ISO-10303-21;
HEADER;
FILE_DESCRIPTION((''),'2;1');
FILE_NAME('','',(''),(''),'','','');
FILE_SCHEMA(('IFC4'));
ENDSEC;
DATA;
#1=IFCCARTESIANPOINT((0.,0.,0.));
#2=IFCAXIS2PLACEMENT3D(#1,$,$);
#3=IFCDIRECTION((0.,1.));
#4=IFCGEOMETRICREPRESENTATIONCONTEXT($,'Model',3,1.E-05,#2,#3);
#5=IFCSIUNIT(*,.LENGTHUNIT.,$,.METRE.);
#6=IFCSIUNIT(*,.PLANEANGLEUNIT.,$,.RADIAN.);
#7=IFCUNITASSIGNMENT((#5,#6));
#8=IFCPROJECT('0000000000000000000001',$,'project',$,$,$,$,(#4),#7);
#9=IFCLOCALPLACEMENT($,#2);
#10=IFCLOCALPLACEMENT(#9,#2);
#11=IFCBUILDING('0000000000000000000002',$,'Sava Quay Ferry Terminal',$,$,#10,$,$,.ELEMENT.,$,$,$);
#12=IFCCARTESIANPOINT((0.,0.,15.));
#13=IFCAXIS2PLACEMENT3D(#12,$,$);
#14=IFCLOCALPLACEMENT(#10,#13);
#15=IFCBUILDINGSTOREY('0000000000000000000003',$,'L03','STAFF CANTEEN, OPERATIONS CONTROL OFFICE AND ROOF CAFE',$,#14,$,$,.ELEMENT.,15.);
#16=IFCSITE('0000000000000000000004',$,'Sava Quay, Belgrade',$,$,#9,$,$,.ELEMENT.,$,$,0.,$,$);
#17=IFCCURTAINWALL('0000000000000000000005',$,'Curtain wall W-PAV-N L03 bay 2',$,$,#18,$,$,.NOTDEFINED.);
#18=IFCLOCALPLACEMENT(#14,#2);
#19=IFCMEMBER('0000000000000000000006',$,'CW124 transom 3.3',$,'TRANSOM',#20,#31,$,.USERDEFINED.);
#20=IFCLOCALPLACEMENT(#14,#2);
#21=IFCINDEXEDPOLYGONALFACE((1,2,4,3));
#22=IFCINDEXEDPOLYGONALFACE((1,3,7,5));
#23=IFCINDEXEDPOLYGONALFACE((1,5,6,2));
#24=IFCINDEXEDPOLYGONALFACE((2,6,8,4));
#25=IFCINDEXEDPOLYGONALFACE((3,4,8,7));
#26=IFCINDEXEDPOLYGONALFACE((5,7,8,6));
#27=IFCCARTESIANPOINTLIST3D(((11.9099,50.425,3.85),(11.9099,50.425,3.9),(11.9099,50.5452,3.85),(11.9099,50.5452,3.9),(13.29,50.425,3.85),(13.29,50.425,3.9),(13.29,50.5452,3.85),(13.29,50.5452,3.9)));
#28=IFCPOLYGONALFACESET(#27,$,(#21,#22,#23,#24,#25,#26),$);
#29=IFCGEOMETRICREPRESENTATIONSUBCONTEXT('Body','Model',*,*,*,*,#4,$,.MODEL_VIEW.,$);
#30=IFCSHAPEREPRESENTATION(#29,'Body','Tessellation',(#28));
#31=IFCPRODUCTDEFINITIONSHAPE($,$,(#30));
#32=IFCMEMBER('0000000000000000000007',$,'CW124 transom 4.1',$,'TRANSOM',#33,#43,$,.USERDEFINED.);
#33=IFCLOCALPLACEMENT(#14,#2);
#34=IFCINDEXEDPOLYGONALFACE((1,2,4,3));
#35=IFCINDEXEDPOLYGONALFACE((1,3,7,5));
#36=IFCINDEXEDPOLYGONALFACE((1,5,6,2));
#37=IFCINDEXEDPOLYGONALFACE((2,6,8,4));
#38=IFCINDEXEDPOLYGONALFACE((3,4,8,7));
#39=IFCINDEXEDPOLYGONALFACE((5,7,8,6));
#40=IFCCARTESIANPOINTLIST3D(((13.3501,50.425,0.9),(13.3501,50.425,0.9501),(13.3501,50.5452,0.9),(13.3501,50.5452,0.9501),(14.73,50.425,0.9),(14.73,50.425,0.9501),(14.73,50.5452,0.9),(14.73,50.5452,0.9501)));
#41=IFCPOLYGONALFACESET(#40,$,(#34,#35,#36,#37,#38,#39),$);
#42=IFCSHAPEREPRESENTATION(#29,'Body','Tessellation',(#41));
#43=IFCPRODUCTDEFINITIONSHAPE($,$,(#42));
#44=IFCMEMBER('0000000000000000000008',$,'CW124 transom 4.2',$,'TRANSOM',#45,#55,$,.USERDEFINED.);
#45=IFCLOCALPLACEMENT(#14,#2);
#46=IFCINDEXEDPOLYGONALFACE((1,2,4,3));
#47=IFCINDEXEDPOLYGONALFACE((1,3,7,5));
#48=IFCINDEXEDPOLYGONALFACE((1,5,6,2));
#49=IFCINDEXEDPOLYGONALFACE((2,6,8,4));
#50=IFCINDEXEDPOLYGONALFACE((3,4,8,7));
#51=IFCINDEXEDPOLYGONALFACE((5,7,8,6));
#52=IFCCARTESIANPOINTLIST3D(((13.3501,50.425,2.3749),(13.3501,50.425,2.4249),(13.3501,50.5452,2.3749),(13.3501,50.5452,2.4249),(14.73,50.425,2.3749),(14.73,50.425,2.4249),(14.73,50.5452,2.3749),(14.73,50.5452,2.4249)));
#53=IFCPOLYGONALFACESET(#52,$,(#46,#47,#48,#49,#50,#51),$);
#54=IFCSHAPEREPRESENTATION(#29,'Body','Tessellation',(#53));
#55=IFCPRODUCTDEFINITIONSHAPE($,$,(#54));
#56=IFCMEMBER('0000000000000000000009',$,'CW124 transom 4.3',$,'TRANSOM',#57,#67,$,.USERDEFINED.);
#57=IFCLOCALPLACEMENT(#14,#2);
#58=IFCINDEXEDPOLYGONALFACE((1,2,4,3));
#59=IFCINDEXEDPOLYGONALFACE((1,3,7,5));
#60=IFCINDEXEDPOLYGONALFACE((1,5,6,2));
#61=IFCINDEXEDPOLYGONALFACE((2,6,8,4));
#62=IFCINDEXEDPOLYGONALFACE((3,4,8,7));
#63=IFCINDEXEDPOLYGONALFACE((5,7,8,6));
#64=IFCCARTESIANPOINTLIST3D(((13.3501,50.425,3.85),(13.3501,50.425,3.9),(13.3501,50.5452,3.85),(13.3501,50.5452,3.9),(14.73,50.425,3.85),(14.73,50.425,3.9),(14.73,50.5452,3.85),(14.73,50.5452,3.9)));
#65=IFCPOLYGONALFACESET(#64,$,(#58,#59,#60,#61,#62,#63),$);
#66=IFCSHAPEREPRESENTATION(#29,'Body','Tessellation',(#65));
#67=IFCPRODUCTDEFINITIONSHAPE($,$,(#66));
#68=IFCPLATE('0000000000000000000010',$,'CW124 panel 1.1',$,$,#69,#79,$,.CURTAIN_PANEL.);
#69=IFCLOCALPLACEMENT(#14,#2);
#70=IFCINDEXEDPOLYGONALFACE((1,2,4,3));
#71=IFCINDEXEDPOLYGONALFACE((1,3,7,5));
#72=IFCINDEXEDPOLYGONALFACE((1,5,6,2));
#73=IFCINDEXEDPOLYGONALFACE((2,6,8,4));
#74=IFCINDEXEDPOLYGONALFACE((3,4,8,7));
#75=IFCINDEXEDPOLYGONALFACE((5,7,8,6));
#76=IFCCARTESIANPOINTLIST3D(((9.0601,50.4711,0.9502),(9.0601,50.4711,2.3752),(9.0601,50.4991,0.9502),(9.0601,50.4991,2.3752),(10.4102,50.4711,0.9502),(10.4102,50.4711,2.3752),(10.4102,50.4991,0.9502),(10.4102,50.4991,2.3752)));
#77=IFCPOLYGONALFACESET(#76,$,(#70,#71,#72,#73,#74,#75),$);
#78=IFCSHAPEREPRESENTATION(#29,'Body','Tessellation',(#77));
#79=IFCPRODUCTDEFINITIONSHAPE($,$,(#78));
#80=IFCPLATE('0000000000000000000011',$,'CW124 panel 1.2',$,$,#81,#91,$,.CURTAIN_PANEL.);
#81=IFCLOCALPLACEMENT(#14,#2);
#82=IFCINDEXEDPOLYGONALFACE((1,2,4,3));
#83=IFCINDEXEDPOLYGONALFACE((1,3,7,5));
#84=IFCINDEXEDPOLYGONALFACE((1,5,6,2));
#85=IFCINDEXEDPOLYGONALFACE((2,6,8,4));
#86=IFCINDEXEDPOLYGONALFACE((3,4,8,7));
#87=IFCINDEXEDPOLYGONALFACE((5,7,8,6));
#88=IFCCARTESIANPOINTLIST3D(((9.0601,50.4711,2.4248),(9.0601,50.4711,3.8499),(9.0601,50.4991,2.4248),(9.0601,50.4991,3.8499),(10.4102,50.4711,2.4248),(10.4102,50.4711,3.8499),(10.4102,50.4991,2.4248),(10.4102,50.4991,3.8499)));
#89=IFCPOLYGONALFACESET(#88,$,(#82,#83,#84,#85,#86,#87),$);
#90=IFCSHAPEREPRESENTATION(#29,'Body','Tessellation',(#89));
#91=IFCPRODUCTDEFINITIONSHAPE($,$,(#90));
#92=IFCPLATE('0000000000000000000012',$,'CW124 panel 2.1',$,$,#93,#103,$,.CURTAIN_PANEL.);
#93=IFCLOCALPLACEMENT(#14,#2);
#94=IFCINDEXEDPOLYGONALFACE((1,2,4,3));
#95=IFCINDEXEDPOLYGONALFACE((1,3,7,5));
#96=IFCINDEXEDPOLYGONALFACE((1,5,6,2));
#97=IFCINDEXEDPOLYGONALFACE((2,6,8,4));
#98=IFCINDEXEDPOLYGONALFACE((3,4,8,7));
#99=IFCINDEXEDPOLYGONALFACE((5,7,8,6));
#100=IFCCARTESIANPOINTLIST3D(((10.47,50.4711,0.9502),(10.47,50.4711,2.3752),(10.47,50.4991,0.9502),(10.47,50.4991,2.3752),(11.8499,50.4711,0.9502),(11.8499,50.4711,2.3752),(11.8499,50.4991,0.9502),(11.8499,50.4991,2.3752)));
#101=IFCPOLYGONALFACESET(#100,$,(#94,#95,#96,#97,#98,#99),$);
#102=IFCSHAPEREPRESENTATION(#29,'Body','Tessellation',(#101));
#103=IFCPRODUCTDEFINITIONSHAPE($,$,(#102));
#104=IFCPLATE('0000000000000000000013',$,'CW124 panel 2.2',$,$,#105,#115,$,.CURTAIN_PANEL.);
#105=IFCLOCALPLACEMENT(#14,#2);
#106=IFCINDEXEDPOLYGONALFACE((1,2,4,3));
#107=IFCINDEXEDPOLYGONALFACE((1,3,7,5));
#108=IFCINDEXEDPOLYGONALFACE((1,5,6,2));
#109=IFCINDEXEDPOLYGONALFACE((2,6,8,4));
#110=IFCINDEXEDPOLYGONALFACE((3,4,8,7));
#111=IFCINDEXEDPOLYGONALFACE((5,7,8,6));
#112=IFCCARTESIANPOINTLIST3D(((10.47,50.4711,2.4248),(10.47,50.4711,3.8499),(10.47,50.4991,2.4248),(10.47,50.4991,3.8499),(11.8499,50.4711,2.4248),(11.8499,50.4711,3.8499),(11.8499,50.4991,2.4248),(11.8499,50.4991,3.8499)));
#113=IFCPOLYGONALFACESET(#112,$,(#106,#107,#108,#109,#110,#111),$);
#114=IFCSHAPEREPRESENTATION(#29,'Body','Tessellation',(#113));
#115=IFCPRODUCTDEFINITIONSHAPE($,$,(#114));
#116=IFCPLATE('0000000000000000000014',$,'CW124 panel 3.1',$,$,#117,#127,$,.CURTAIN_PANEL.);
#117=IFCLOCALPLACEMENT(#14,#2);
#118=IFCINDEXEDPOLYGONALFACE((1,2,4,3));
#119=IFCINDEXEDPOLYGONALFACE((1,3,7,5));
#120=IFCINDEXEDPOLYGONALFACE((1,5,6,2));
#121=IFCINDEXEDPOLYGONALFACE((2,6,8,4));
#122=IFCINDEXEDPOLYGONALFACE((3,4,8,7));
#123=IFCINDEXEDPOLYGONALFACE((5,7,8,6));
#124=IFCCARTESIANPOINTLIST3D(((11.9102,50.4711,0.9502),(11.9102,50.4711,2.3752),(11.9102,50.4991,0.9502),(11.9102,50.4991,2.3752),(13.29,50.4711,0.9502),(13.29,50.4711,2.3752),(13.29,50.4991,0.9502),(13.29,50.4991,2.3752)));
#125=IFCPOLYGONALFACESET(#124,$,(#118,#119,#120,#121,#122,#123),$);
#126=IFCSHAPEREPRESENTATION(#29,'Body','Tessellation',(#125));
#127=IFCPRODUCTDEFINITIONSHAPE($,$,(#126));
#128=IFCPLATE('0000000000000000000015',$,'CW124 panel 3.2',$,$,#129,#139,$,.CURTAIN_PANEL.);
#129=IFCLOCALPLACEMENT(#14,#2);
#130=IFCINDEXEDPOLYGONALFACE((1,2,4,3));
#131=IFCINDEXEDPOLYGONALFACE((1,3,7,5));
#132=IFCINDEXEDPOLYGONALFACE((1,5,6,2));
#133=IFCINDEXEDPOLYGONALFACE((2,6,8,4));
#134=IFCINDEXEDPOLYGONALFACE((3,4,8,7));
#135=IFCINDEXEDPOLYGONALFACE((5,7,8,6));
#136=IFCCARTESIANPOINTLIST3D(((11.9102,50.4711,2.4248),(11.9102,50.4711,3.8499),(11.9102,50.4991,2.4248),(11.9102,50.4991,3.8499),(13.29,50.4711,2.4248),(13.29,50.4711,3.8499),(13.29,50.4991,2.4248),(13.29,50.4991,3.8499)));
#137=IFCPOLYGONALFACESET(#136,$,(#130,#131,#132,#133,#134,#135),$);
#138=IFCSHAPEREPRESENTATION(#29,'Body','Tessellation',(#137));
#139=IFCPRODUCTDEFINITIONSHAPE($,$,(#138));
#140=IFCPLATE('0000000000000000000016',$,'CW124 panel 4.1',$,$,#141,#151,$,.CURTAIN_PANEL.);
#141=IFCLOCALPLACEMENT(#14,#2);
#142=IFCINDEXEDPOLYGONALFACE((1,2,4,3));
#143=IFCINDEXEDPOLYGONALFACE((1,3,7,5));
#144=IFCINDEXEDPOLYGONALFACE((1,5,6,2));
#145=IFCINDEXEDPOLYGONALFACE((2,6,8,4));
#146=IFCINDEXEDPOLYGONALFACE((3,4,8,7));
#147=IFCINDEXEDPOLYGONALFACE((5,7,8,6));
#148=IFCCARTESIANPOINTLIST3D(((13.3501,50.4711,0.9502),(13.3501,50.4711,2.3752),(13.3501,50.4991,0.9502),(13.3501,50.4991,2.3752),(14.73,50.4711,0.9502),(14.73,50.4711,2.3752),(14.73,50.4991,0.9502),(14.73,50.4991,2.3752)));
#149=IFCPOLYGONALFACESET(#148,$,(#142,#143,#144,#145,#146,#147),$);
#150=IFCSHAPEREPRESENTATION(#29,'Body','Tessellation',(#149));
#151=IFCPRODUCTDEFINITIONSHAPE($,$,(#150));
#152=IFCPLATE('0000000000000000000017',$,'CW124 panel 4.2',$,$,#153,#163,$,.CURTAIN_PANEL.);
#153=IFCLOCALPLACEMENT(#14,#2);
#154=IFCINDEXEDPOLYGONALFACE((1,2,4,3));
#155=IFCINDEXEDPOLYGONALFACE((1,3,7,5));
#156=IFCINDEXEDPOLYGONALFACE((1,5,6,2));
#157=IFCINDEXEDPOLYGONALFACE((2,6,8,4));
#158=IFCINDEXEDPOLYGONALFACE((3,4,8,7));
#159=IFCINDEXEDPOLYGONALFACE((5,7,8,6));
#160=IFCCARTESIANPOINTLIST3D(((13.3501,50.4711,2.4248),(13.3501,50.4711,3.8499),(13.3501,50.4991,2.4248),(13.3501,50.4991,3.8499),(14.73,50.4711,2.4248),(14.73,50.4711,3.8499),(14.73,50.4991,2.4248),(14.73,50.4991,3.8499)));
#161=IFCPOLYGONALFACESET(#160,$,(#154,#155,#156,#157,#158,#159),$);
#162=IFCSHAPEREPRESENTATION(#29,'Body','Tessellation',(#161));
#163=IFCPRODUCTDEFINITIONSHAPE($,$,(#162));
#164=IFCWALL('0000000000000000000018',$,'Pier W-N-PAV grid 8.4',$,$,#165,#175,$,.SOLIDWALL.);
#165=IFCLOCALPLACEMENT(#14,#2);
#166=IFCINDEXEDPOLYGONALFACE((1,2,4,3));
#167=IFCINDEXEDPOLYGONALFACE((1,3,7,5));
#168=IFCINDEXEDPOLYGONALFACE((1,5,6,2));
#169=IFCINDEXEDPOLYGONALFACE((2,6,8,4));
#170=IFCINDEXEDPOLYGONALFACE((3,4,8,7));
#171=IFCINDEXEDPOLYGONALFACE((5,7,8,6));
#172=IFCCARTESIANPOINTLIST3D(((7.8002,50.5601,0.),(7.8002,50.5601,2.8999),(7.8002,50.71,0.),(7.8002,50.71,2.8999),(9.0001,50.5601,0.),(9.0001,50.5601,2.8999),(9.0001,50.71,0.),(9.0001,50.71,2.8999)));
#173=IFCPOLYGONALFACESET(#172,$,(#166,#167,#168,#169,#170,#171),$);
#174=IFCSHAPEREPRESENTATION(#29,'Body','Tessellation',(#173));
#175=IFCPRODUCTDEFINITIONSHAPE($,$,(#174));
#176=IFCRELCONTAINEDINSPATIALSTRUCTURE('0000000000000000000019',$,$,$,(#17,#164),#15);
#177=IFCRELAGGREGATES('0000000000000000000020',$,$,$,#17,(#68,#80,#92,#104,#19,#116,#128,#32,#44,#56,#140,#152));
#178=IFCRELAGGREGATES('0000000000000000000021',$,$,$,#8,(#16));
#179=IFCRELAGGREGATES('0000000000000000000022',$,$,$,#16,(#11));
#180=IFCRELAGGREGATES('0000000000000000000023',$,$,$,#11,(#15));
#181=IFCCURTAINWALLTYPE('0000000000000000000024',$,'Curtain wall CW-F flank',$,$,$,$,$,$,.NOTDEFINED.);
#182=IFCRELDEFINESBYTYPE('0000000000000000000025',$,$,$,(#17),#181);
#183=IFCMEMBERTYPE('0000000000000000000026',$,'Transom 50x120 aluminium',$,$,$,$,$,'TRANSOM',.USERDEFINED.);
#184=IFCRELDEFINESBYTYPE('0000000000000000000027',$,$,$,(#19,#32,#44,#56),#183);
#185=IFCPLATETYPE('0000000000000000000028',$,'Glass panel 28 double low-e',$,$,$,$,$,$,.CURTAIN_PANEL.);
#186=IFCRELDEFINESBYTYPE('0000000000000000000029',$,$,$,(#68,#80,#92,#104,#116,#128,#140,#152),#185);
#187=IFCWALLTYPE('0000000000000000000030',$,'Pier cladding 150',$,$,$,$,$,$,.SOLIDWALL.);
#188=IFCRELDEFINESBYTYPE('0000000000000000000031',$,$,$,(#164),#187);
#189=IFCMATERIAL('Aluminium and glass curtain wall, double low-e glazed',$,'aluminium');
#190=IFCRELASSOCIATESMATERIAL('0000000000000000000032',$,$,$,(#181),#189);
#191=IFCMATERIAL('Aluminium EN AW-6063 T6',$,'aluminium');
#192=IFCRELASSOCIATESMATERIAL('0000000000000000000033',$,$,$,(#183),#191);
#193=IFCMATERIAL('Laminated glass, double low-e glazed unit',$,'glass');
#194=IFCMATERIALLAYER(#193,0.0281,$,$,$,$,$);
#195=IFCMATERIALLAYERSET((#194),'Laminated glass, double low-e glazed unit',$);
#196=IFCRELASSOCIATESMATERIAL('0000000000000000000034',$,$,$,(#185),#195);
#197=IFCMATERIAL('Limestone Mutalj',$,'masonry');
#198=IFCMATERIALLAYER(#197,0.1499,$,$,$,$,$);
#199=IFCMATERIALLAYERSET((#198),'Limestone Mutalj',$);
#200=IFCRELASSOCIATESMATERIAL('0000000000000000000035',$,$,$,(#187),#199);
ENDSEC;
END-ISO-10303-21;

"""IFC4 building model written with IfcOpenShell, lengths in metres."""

from ifc_helpers import new_model, si_unit, direction, frame, frame_2d, origin, origin_2d, place, context, subcontext, project, spatial, rectangle, extrude, material, layer, layer_set, material_profile, profile_set, type_object, element, aggregate, save


model = new_model("IFC4")

# Units and contexts
model_context = context("Model", 3, precision=1e-05, world=origin(), true_north=direction((0.0, 1.0)))
body_context = subcontext(model_context, "Body", "Model", "MODEL_VIEW")
ifc_project = project(units=[si_unit("LENGTHUNIT", "METRE"), si_unit("PLANEANGLEUNIT", "RADIAN")], contexts=[model_context])

# Site, building, storey
site_placement = place(None, origin())
site = spatial("IfcSite", under=ifc_project, at=site_placement, Name="Sava Quay, Belgrade", CompositionType="ELEMENT", RefElevation=0.0)
building_placement = place(site_placement, origin())
building = spatial("IfcBuilding", under=site, at=building_placement, Name="Sava Quay Ferry Terminal", CompositionType="ELEMENT")
storey_placement = place(building_placement, frame((0.0, 0.0, 15.0)))
storey = spatial("IfcBuildingStorey", under=building, at=storey_placement, Name="L03", Description="STAFF CANTEEN, OPERATIONS CONTROL OFFICE AND ROOF CAFE", CompositionType="ELEMENT", Elevation=15.0)

# Curtain wall
ifc_material_1 = material(Name="Aluminium and glass curtain wall, double low-e glazed", Category="aluminium")
curtain_wall_type = type_object("IfcCurtainWallType", Name="Curtain wall CW-F flank", PredefinedType="NOTDEFINED", material=ifc_material_1)
curtain_wall_placement = place(storey_placement, origin())
curtain_wall = element("IfcCurtainWall", 1, at=curtain_wall_placement, inside=storey, type_object=curtain_wall_type, Name="Curtain wall W-PAV-N L03 bay 2", PredefinedType="NOTDEFINED")

# Members
ifc_material_2 = material(Name="Aluminium EN AW-6063 T6", Category="aluminium")
ifc_material_profile_1 = material_profile(ifc_material_2, rectangle(XDim=0.1201, YDim=0.05, at=origin_2d()), Name="Transom 50x120 aluminium")
ifc_profile_set_1 = profile_set([ifc_material_profile_1], Name="Aluminium EN AW-6063 T6")
member_type_1 = type_object("IfcMemberType", Name="Transom 50x120 aluminium", ElementType="TRANSOM", PredefinedType="USERDEFINED", material=ifc_profile_set_1)
member_1_placement = place(storey_placement, frame((11.9099, 50.4851, 3.875), z_axis=(1.0, 0.0, 0.0), x_axis=(0.0, 1.0, 0.0)))
member_1 = element("IfcMember", 2, at=member_1_placement, type_object=member_type_1, Name="CW124 transom 3.3", ObjectType="TRANSOM", PredefinedType="USERDEFINED", context=body_context, shape_type="SweptSolid", body=[
    extrude(rectangle(XDim=0.1201, YDim=0.05, at=origin_2d()), origin(), (0.0, 0.0, 1.0), 1.3801),
])
member_2_placement = place(storey_placement, frame((13.3501, 50.4851, 0.925), z_axis=(1.0, 0.0, 0.0), x_axis=(0.0, 1.0, 0.0)))
member_2 = element("IfcMember", 3, at=member_2_placement, type_object=member_type_1, Name="CW124 transom 4.1", ObjectType="TRANSOM", PredefinedType="USERDEFINED", context=body_context, shape_type="SweptSolid", body=[
    extrude(rectangle(XDim=0.1201, YDim=0.05, at=origin_2d()), origin(), (0.0, 0.0, 1.0), 1.3799),
])
member_3_placement = place(storey_placement, frame((13.3501, 50.4851, 2.3999), z_axis=(1.0, 0.0, 0.0), x_axis=(0.0, 1.0, 0.0)))
member_3 = element("IfcMember", 4, at=member_3_placement, type_object=member_type_1, Name="CW124 transom 4.2", ObjectType="TRANSOM", PredefinedType="USERDEFINED", context=body_context, shape_type="SweptSolid", body=[
    extrude(rectangle(XDim=0.1201, YDim=0.05, at=origin_2d()), origin(), (0.0, 0.0, 1.0), 1.3799),
])
member_4_placement = place(storey_placement, frame((13.3501, 50.4851, 3.875), z_axis=(1.0, 0.0, 0.0), x_axis=(0.0, 1.0, 0.0)))
member_4 = element("IfcMember", 5, at=member_4_placement, type_object=member_type_1, Name="CW124 transom 4.3", ObjectType="TRANSOM", PredefinedType="USERDEFINED", context=body_context, shape_type="SweptSolid", body=[
    extrude(rectangle(XDim=0.1201, YDim=0.05, at=origin_2d()), origin(), (0.0, 0.0, 1.0), 1.3799),
])

# Plates
ifc_material_3 = material(Name="Laminated glass, double low-e glazed unit", Category="glass")
ifc_layer_1 = layer(ifc_material_3, 0.0281)
ifc_layer_set_1 = layer_set([ifc_layer_1], Name="Laminated glass, double low-e glazed unit")
plate_type = type_object("IfcPlateType", Name="Glass panel 28 double low-e", PredefinedType="CURTAIN_PANEL", material=ifc_layer_set_1)
plate_1_placement = place(storey_placement, frame((9.7351, 50.4851, 0.9502), z_axis=(0.0, 0.0, 1.0), x_axis=(1.0, 0.0, 0.0)))
plate_1 = element("IfcPlate", 6, at=plate_1_placement, type_object=plate_type, Name="CW124 panel 1.1", PredefinedType="CURTAIN_PANEL", context=body_context, shape_type="SweptSolid", body=[
    extrude(rectangle(XDim=1.3501, YDim=0.0281, at=origin_2d()), origin(), (0.0, 0.0, 1.0), 1.425),
])
plate_2_placement = place(storey_placement, frame((9.7351, 50.4851, 2.4248), z_axis=(0.0, 0.0, 1.0), x_axis=(1.0, 0.0, 0.0)))
plate_2 = element("IfcPlate", 7, at=plate_2_placement, type_object=plate_type, Name="CW124 panel 1.2", PredefinedType="CURTAIN_PANEL", context=body_context, shape_type="SweptSolid", body=[
    extrude(rectangle(XDim=1.3501, YDim=0.0281, at=origin_2d()), origin(), (0.0, 0.0, 1.0), 1.425),
])
plate_3_placement = place(storey_placement, frame((11.1599, 50.4851, 0.9502), z_axis=(0.0, 0.0, 1.0), x_axis=(1.0, 0.0, 0.0)))
plate_3 = element("IfcPlate", 8, at=plate_3_placement, type_object=plate_type, Name="CW124 panel 2.1", PredefinedType="CURTAIN_PANEL", context=body_context, shape_type="SweptSolid", body=[
    extrude(rectangle(XDim=1.3799, YDim=0.0281, at=origin_2d()), origin(), (0.0, 0.0, 1.0), 1.425),
])
plate_4_placement = place(storey_placement, frame((11.1599, 50.4851, 2.4248), z_axis=(0.0, 0.0, 1.0), x_axis=(1.0, 0.0, 0.0)))
plate_4 = element("IfcPlate", 9, at=plate_4_placement, type_object=plate_type, Name="CW124 panel 2.2", PredefinedType="CURTAIN_PANEL", context=body_context, shape_type="SweptSolid", body=[
    extrude(rectangle(XDim=1.3799, YDim=0.0281, at=origin_2d()), origin(), (0.0, 0.0, 1.0), 1.425),
])
plate_5_placement = place(storey_placement, frame((12.6001, 50.4851, 0.9502), z_axis=(0.0, 0.0, 1.0), x_axis=(1.0, 0.0, 0.0)))
plate_5 = element("IfcPlate", 10, at=plate_5_placement, type_object=plate_type, Name="CW124 panel 3.1", PredefinedType="CURTAIN_PANEL", context=body_context, shape_type="SweptSolid", body=[
    extrude(rectangle(XDim=1.3799, YDim=0.0281, at=origin_2d()), origin(), (0.0, 0.0, 1.0), 1.425),
])
plate_6_placement = place(storey_placement, frame((12.6001, 50.4851, 2.4248), z_axis=(0.0, 0.0, 1.0), x_axis=(1.0, 0.0, 0.0)))
plate_6 = element("IfcPlate", 11, at=plate_6_placement, type_object=plate_type, Name="CW124 panel 3.2", PredefinedType="CURTAIN_PANEL", context=body_context, shape_type="SweptSolid", body=[
    extrude(rectangle(XDim=1.3799, YDim=0.0281, at=origin_2d()), origin(), (0.0, 0.0, 1.0), 1.425),
])
plate_7_placement = place(storey_placement, frame((14.04, 50.4851, 0.9502), z_axis=(0.0, 0.0, 1.0), x_axis=(1.0, 0.0, 0.0)))
plate_7 = element("IfcPlate", 12, at=plate_7_placement, type_object=plate_type, Name="CW124 panel 4.1", PredefinedType="CURTAIN_PANEL", context=body_context, shape_type="SweptSolid", body=[
    extrude(rectangle(XDim=1.3799, YDim=0.0281, at=origin_2d()), origin(), (0.0, 0.0, 1.0), 1.425),
])
plate_8_placement = place(storey_placement, frame((14.04, 50.4851, 2.4248), z_axis=(0.0, 0.0, 1.0), x_axis=(1.0, 0.0, 0.0)))
plate_8 = element("IfcPlate", 13, at=plate_8_placement, type_object=plate_type, Name="CW124 panel 4.2", PredefinedType="CURTAIN_PANEL", context=body_context, shape_type="SweptSolid", body=[
    extrude(rectangle(XDim=1.3799, YDim=0.0281, at=origin_2d()), origin(), (0.0, 0.0, 1.0), 1.425),
])
aggregate(curtain_wall, [plate_1, plate_2, plate_3, plate_4, member_1, plate_5, plate_6, member_2, member_3, member_4, plate_7, plate_8])

# Wall
ifc_material_4 = material(Name="Limestone Mutalj", Category="masonry")
ifc_layer_2 = layer(ifc_material_4, 0.1499)
ifc_layer_set_2 = layer_set([ifc_layer_2], Name="Limestone Mutalj")
wall_type = type_object("IfcWallType", Name="Pier cladding 150", PredefinedType="SOLIDWALL", material=ifc_layer_set_2)
wall_placement = place(storey_placement, frame((7.8, 50.635, 0.0), z_axis=(0.0, 0.0, 1.0), x_axis=(1.0, 0.0, 0.0)))
element("IfcWall", 14, at=wall_placement, inside=storey, type_object=wall_type, Name="Pier W-N-PAV grid 8.4", PredefinedType="SOLIDWALL", context=body_context, shape_type="SweptSolid", body=[
    extrude(rectangle(XDim=1.2, YDim=0.1499, at=frame_2d((0.6001, 0.0))), origin(), (0.0, 0.0, 1.0), 2.8999),
])

save(model, "model.ifc")
